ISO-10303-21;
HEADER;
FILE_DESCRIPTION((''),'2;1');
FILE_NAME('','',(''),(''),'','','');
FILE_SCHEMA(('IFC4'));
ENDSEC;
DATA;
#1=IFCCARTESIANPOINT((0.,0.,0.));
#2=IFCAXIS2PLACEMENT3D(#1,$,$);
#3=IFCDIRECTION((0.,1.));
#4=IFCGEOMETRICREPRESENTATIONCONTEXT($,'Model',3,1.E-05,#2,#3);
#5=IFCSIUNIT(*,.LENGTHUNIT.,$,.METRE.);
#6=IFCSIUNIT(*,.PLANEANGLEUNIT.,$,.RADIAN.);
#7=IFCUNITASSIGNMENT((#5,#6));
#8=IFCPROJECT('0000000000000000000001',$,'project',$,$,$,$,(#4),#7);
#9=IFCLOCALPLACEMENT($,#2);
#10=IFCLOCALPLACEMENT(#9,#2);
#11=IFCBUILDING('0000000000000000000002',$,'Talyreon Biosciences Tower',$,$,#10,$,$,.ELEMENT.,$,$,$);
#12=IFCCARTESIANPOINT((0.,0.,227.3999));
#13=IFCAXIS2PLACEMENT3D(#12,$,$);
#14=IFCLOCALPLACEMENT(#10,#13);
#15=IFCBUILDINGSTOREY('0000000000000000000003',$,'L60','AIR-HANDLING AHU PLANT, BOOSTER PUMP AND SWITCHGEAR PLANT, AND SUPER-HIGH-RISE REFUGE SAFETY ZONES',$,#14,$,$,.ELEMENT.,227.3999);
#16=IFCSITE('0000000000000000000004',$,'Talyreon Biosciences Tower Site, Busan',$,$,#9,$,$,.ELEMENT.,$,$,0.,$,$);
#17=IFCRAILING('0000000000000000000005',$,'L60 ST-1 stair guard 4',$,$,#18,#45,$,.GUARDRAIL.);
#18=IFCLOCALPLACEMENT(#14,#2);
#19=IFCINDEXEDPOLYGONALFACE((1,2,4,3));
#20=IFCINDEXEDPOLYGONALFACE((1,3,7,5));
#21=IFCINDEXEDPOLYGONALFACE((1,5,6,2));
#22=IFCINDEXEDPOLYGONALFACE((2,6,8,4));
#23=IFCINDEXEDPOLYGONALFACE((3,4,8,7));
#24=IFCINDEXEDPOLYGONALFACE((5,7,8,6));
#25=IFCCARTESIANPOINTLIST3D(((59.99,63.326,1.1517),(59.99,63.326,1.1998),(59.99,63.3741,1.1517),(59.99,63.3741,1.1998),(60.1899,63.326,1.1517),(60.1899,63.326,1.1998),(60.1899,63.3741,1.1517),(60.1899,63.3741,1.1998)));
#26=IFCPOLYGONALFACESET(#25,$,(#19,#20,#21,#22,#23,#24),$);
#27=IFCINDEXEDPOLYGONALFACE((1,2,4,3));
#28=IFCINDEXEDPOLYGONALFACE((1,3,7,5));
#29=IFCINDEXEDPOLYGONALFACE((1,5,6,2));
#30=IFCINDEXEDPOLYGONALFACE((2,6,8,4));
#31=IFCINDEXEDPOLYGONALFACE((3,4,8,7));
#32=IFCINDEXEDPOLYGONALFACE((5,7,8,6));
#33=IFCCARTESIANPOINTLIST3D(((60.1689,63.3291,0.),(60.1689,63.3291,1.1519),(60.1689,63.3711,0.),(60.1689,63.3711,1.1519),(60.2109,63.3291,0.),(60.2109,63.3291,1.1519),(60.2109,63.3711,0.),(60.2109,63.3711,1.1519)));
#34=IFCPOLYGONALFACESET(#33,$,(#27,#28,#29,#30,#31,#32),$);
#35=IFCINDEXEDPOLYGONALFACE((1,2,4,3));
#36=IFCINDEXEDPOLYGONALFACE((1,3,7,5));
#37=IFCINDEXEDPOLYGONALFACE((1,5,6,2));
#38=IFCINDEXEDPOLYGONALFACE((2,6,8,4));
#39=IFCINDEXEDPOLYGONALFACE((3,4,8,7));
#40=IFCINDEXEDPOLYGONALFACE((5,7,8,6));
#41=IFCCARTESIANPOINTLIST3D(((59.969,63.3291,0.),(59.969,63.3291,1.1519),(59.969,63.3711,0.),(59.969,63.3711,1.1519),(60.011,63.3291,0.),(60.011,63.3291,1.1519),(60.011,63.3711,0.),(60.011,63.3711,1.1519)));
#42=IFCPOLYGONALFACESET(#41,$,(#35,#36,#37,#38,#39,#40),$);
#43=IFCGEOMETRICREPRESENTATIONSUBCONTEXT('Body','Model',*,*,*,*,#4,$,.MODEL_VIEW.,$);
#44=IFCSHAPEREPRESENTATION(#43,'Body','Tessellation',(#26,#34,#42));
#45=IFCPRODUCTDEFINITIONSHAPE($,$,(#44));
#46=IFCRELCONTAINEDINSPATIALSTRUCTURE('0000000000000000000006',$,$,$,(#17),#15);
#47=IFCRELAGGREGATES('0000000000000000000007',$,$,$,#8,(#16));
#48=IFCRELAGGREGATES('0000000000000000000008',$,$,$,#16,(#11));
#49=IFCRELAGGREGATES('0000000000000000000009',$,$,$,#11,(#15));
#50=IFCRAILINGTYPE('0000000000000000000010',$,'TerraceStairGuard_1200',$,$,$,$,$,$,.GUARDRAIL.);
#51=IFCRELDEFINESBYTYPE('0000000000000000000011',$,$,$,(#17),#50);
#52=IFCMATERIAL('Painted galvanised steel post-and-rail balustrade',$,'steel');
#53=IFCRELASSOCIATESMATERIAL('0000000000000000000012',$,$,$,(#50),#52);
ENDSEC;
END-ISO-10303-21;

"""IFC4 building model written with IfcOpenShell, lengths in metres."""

from ifc_helpers import new_model, si_unit, direction, frame, origin, origin_2d, place, context, subcontext, project, spatial, rectangle, extrude, material, type_object, element, save


model = new_model("IFC4")

# Units and contexts
model_context = context("Model", 3, precision=1e-05, world=origin(), true_north=direction((0.0, 1.0)))
body_context = subcontext(model_context, "Body", "Model", "MODEL_VIEW")
ifc_project = project(units=[si_unit("LENGTHUNIT", "METRE"), si_unit("PLANEANGLEUNIT", "RADIAN")], contexts=[model_context])

# Site, building, storey
site_placement = place(None, origin())
site = spatial("IfcSite", under=ifc_project, at=site_placement, Name="Talyreon Biosciences Tower Site, Busan", CompositionType="ELEMENT", RefElevation=0.0)
building_placement = place(site_placement, origin())
building = spatial("IfcBuilding", under=site, at=building_placement, Name="Talyreon Biosciences Tower", CompositionType="ELEMENT")
storey_placement = place(building_placement, frame((0.0, 0.0, 227.3999)))
storey = spatial("IfcBuildingStorey", under=building, at=storey_placement, Name="L60", Description="AIR-HANDLING AHU PLANT, BOOSTER PUMP AND SWITCHGEAR PLANT, AND SUPER-HIGH-RISE REFUGE SAFETY ZONES", CompositionType="ELEMENT", Elevation=227.3999)

# Railing
ifc_material_1 = material(Name="Painted galvanised steel post-and-rail balustrade", Category="steel")
railing_type_1 = type_object("IfcRailingType", Name="TerraceStairGuard_1200", PredefinedType="GUARDRAIL", material=ifc_material_1)
railing_1_placement = place(storey_placement, frame((60.1899, 63.3501, 0.0)))
element("IfcRailing", 1, at=railing_1_placement, inside=storey, type_object=railing_type_1, Name="L60 ST-1 stair guard 4", PredefinedType="GUARDRAIL", context=body_context, shape_type="SweptSolid", body=[
    extrude(rectangle(XDim=0.0481, YDim=0.0481, at=origin_2d()), frame((0.0, 0.0, 1.1758), z_axis=(-1.0, 0.0, 0.0), x_axis=(0.0, -1.0, 0.0)), (0.0, 0.0, 1.0), 0.2),
    extrude(rectangle(XDim=0.042, YDim=0.042, at=origin_2d()), origin(), (0.0, 0.0, 1.0), 1.1519),
    extrude(rectangle(XDim=0.042, YDim=0.042, at=origin_2d()), frame((-0.2, 0.0, 0.0)), (0.0, 0.0, 1.0), 1.1519),
])

save(model, "model.ifc")
